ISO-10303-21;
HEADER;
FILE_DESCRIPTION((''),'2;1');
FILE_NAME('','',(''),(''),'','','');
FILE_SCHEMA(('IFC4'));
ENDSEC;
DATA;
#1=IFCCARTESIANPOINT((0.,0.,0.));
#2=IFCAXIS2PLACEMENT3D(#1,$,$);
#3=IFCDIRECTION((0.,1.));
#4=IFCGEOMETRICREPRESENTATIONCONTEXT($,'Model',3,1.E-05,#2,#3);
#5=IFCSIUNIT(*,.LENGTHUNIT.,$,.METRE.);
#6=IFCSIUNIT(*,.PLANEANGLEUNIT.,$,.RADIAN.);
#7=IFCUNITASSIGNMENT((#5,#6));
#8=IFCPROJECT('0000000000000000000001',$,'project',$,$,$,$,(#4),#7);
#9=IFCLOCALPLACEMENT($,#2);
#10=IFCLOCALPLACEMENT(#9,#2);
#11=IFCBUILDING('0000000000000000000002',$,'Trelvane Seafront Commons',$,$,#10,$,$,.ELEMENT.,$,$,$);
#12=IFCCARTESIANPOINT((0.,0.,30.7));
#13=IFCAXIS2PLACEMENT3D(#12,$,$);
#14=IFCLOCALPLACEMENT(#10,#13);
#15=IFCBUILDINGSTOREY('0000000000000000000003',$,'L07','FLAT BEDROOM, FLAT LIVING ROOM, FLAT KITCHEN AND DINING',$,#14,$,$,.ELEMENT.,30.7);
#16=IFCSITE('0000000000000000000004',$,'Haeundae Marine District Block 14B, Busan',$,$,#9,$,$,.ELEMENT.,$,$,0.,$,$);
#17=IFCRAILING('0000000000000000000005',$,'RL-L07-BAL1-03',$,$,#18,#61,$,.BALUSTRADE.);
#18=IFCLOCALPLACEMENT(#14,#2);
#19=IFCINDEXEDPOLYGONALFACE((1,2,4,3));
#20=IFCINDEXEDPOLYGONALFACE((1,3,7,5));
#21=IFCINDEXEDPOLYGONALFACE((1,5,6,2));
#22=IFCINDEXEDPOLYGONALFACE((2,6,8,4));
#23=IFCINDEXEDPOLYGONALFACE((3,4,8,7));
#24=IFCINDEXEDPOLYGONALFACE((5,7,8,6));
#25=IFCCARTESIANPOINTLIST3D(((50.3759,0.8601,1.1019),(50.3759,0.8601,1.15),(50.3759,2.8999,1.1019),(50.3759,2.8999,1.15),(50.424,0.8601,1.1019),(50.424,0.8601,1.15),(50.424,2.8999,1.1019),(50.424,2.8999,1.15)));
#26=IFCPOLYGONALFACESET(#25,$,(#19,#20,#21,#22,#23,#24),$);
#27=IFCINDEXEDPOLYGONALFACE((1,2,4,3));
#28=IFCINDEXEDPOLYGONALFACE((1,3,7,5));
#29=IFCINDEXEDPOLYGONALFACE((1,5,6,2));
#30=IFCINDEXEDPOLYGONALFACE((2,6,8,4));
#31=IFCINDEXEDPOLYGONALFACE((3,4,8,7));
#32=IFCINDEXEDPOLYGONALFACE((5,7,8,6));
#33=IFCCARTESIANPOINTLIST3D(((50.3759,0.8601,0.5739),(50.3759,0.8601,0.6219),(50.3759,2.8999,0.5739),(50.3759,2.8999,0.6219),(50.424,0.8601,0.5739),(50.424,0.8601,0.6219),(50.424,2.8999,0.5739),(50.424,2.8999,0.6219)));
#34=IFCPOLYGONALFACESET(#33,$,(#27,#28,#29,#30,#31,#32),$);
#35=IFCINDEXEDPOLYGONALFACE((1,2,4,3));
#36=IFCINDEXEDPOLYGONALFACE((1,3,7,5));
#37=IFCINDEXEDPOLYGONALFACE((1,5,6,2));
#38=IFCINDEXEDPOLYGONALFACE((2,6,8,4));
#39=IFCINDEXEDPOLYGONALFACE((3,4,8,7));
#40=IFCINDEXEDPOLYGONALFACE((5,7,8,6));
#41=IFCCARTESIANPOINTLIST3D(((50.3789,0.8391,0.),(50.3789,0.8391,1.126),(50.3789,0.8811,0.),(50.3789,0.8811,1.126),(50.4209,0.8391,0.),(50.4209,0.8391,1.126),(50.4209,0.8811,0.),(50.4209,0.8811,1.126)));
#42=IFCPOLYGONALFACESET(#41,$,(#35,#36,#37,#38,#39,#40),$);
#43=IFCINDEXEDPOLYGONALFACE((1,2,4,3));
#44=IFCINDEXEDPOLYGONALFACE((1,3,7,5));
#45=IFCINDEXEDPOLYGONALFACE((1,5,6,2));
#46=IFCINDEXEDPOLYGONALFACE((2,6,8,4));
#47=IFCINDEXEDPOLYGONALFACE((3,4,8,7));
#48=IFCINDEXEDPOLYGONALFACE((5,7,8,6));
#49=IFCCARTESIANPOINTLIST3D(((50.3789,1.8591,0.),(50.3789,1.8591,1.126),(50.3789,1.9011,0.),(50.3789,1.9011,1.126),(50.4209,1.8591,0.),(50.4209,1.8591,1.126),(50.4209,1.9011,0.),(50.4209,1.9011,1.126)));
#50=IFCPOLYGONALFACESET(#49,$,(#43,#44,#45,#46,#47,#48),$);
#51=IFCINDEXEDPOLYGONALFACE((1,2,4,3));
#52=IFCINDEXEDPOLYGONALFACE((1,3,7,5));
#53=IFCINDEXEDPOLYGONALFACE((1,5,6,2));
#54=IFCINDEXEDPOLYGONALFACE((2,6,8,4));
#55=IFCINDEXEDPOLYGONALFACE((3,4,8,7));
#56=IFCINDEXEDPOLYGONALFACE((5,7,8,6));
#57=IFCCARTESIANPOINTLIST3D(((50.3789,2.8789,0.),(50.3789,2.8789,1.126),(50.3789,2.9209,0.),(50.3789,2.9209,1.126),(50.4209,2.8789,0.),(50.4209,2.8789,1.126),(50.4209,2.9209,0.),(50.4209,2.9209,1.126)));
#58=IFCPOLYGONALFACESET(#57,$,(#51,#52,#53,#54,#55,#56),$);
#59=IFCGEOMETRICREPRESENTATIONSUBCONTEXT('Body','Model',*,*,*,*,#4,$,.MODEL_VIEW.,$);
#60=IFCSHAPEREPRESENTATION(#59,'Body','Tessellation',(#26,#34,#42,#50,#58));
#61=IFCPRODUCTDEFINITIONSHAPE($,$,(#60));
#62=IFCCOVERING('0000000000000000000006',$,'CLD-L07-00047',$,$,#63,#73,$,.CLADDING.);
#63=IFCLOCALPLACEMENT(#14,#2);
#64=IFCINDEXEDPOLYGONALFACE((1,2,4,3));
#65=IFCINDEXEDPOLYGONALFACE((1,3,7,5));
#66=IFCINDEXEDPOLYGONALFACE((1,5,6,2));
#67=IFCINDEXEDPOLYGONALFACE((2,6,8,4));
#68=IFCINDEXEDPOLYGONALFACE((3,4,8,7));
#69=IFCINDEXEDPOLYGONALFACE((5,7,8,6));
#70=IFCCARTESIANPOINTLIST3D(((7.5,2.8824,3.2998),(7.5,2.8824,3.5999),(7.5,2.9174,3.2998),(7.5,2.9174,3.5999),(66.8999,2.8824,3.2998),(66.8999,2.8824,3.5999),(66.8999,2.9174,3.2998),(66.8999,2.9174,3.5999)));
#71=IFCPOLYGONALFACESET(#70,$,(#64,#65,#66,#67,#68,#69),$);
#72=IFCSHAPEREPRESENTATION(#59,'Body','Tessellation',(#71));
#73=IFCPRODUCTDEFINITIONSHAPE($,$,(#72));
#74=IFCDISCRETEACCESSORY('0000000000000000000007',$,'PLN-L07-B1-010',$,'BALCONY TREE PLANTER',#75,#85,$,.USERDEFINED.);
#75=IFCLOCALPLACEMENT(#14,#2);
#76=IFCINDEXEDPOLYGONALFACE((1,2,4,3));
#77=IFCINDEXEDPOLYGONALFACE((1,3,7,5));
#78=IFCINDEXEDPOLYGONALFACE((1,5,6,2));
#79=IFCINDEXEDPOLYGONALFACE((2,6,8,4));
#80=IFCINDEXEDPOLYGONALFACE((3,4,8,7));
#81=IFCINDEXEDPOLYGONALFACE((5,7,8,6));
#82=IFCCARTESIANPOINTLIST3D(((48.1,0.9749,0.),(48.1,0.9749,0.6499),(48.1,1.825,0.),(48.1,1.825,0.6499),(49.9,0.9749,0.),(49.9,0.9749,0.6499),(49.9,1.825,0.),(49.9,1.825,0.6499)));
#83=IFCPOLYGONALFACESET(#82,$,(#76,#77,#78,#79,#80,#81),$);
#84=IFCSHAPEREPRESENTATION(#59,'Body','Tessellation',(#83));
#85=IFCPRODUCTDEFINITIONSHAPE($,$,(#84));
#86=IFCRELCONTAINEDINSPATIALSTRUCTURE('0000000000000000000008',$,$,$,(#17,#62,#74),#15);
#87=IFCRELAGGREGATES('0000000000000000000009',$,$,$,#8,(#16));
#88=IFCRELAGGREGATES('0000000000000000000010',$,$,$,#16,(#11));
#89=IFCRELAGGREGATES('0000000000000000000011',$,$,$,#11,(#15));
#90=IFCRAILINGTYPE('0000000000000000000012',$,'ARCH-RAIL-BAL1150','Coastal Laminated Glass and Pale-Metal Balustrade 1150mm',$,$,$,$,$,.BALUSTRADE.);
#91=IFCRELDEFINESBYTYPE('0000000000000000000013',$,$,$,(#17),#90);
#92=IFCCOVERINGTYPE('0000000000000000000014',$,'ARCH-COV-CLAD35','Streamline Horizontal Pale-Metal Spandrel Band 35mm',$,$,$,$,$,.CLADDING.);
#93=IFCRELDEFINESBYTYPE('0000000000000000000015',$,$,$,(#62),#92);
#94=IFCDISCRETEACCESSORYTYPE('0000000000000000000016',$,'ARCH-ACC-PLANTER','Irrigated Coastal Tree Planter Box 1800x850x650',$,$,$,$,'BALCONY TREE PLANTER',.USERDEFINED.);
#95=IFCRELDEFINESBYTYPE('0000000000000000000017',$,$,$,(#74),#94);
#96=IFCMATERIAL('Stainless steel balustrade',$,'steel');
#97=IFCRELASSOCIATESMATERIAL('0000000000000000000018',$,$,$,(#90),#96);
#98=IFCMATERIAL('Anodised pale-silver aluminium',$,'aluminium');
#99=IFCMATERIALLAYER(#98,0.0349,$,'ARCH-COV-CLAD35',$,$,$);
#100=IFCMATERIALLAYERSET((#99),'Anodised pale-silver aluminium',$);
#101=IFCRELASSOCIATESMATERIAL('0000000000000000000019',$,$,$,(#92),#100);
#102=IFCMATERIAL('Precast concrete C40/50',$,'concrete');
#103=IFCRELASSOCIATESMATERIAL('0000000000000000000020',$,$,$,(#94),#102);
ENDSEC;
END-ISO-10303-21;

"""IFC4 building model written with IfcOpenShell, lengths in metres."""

from ifc_helpers import new_model, si_unit, direction, frame, origin, origin_2d, place, context, subcontext, project, spatial, rectangle, extrude, source, transform, mapped, material, layer, layer_set, type_object, element, save


model = new_model("IFC4")

# Units and contexts
model_context = context("Model", 3, precision=1e-05, world=origin(), true_north=direction((0.0, 1.0)))
body_context = subcontext(model_context, "Body", "Model", "MODEL_VIEW")
ifc_project = project(units=[si_unit("LENGTHUNIT", "METRE"), si_unit("PLANEANGLEUNIT", "RADIAN")], contexts=[model_context])

# Site, building, storey
site_placement = place(None, origin())
site = spatial("IfcSite", under=ifc_project, at=site_placement, Name="Haeundae Marine District Block 14B, Busan", CompositionType="ELEMENT", RefElevation=0.0)
building_placement = place(site_placement, origin())
building = spatial("IfcBuilding", under=site, at=building_placement, Name="Trelvane Seafront Commons", CompositionType="ELEMENT")
storey_placement = place(building_placement, frame((0.0, 0.0, 30.7)))
storey = spatial("IfcBuildingStorey", under=building, at=storey_placement, Name="L07", Description="FLAT BEDROOM, FLAT LIVING ROOM, FLAT KITCHEN AND DINING", CompositionType="ELEMENT", Elevation=30.7)

# Shared definitions
ifc_material_1 = material(Name="Anodised pale-silver aluminium", Category="aluminium")

# Railing
ifc_material_2 = material(Name="Stainless steel balustrade", Category="steel")
railing_type = type_object("IfcRailingType", Name="ARCH-RAIL-BAL1150", Description="Coastal Laminated Glass and Pale-Metal Balustrade 1150mm", PredefinedType="BALUSTRADE", material=ifc_material_2)
railing_1_placement = place(storey_placement, frame((50.3999, 0.8601, 0.0)))
element("IfcRailing", 1, at=railing_1_placement, inside=storey, type_object=railing_type, Name="RL-L07-BAL1-03", PredefinedType="BALUSTRADE", context=body_context, shape_type="SweptSolid", body=[
    extrude(rectangle(XDim=0.0481, YDim=0.0481, at=origin_2d()), frame((0.0, 0.0, 1.126), z_axis=(0.0, 1.0, 0.0), x_axis=(-1.0, 0.0, 0.0)), (0.0, 0.0, 1.0), 2.0398),
    extrude(rectangle(XDim=0.0481, YDim=0.0481, at=origin_2d()), frame((0.0, 0.0, 0.5979), z_axis=(0.0, 1.0, 0.0), x_axis=(-1.0, 0.0, 0.0)), (0.0, 0.0, 1.0), 2.0398),
    extrude(rectangle(XDim=0.042, YDim=0.042, at=origin_2d()), origin(), (0.0, 0.0, 1.0), 1.126),
    extrude(rectangle(XDim=0.042, YDim=0.042, at=origin_2d()), frame((0.0, 1.02, 0.0)), (0.0, 0.0, 1.0), 1.126),
    extrude(rectangle(XDim=0.042, YDim=0.042, at=origin_2d()), frame((0.0, 2.0398, 0.0)), (0.0, 0.0, 1.0), 1.126),
])

# Covering
ifc_layer_1 = layer(ifc_material_1, 0.0349, Name="ARCH-COV-CLAD35")
ifc_layer_set_1 = layer_set([ifc_layer_1], Name="Anodised pale-silver aluminium")
covering_type = type_object("IfcCoveringType", Name="ARCH-COV-CLAD35", Description="Streamline Horizontal Pale-Metal Spandrel Band 35mm", PredefinedType="CLADDING", material=ifc_layer_set_1)
shared_shape_1 = source(origin(), body_context, "Body", "SweptSolid", [
    extrude(rectangle(XDim=59.3999, YDim=0.0349, at=origin_2d()), origin(), (0.0, 0.0, 1.0), 0.3),
])
covering_placement = place(storey_placement, frame((37.2, 2.8999, 3.2998), z_axis=(0.0, 0.0, 1.0), x_axis=(-1.0, 0.0, 0.0)))
element("IfcCovering", 2, at=covering_placement, inside=storey, type_object=covering_type, Name="CLD-L07-00047", PredefinedType="CLADDING", context=body_context, shape_type="MappedRepresentation", body=[
    mapped(shared_shape_1, transform((0.0, 0.0, 0.0), x_axis=(1.0, 0.0, 0.0), y_axis=(0.0, 1.0, 0.0), z_axis=(0.0, 0.0, 1.0), scale=1.0)),
])

# Discrete accessory
ifc_material_3 = material(Name="Precast concrete C40/50", Category="concrete")
discrete_accessory_type = type_object("IfcDiscreteAccessoryType", Name="ARCH-ACC-PLANTER", Description="Irrigated Coastal Tree Planter Box 1800x850x650", ElementType="BALCONY TREE PLANTER", PredefinedType="USERDEFINED", material=ifc_material_3)
shared_shape_2 = source(origin(), body_context, "Body", "SweptSolid", [
    extrude(rectangle(XDim=1.8, YDim=0.8501, at=origin_2d()), origin(), (0.0, 0.0, 1.0), 0.6499),
])
discrete_accessory_placement = place(storey_placement, frame((49.0, 1.3999, 0.0), z_axis=(0.0, 0.0, 1.0), x_axis=(1.0, 0.0, 0.0)))
element("IfcDiscreteAccessory", 3, at=discrete_accessory_placement, inside=storey, type_object=discrete_accessory_type, Name="PLN-L07-B1-010", ObjectType="BALCONY TREE PLANTER", PredefinedType="USERDEFINED", context=body_context, shape_type="MappedRepresentation", body=[
    mapped(shared_shape_2, transform((0.0, 0.0, 0.0), x_axis=(1.0, 0.0, 0.0), y_axis=(0.0, 1.0, 0.0), z_axis=(0.0, 0.0, 1.0), scale=1.0)),
])

save(model, "model.ifc")
